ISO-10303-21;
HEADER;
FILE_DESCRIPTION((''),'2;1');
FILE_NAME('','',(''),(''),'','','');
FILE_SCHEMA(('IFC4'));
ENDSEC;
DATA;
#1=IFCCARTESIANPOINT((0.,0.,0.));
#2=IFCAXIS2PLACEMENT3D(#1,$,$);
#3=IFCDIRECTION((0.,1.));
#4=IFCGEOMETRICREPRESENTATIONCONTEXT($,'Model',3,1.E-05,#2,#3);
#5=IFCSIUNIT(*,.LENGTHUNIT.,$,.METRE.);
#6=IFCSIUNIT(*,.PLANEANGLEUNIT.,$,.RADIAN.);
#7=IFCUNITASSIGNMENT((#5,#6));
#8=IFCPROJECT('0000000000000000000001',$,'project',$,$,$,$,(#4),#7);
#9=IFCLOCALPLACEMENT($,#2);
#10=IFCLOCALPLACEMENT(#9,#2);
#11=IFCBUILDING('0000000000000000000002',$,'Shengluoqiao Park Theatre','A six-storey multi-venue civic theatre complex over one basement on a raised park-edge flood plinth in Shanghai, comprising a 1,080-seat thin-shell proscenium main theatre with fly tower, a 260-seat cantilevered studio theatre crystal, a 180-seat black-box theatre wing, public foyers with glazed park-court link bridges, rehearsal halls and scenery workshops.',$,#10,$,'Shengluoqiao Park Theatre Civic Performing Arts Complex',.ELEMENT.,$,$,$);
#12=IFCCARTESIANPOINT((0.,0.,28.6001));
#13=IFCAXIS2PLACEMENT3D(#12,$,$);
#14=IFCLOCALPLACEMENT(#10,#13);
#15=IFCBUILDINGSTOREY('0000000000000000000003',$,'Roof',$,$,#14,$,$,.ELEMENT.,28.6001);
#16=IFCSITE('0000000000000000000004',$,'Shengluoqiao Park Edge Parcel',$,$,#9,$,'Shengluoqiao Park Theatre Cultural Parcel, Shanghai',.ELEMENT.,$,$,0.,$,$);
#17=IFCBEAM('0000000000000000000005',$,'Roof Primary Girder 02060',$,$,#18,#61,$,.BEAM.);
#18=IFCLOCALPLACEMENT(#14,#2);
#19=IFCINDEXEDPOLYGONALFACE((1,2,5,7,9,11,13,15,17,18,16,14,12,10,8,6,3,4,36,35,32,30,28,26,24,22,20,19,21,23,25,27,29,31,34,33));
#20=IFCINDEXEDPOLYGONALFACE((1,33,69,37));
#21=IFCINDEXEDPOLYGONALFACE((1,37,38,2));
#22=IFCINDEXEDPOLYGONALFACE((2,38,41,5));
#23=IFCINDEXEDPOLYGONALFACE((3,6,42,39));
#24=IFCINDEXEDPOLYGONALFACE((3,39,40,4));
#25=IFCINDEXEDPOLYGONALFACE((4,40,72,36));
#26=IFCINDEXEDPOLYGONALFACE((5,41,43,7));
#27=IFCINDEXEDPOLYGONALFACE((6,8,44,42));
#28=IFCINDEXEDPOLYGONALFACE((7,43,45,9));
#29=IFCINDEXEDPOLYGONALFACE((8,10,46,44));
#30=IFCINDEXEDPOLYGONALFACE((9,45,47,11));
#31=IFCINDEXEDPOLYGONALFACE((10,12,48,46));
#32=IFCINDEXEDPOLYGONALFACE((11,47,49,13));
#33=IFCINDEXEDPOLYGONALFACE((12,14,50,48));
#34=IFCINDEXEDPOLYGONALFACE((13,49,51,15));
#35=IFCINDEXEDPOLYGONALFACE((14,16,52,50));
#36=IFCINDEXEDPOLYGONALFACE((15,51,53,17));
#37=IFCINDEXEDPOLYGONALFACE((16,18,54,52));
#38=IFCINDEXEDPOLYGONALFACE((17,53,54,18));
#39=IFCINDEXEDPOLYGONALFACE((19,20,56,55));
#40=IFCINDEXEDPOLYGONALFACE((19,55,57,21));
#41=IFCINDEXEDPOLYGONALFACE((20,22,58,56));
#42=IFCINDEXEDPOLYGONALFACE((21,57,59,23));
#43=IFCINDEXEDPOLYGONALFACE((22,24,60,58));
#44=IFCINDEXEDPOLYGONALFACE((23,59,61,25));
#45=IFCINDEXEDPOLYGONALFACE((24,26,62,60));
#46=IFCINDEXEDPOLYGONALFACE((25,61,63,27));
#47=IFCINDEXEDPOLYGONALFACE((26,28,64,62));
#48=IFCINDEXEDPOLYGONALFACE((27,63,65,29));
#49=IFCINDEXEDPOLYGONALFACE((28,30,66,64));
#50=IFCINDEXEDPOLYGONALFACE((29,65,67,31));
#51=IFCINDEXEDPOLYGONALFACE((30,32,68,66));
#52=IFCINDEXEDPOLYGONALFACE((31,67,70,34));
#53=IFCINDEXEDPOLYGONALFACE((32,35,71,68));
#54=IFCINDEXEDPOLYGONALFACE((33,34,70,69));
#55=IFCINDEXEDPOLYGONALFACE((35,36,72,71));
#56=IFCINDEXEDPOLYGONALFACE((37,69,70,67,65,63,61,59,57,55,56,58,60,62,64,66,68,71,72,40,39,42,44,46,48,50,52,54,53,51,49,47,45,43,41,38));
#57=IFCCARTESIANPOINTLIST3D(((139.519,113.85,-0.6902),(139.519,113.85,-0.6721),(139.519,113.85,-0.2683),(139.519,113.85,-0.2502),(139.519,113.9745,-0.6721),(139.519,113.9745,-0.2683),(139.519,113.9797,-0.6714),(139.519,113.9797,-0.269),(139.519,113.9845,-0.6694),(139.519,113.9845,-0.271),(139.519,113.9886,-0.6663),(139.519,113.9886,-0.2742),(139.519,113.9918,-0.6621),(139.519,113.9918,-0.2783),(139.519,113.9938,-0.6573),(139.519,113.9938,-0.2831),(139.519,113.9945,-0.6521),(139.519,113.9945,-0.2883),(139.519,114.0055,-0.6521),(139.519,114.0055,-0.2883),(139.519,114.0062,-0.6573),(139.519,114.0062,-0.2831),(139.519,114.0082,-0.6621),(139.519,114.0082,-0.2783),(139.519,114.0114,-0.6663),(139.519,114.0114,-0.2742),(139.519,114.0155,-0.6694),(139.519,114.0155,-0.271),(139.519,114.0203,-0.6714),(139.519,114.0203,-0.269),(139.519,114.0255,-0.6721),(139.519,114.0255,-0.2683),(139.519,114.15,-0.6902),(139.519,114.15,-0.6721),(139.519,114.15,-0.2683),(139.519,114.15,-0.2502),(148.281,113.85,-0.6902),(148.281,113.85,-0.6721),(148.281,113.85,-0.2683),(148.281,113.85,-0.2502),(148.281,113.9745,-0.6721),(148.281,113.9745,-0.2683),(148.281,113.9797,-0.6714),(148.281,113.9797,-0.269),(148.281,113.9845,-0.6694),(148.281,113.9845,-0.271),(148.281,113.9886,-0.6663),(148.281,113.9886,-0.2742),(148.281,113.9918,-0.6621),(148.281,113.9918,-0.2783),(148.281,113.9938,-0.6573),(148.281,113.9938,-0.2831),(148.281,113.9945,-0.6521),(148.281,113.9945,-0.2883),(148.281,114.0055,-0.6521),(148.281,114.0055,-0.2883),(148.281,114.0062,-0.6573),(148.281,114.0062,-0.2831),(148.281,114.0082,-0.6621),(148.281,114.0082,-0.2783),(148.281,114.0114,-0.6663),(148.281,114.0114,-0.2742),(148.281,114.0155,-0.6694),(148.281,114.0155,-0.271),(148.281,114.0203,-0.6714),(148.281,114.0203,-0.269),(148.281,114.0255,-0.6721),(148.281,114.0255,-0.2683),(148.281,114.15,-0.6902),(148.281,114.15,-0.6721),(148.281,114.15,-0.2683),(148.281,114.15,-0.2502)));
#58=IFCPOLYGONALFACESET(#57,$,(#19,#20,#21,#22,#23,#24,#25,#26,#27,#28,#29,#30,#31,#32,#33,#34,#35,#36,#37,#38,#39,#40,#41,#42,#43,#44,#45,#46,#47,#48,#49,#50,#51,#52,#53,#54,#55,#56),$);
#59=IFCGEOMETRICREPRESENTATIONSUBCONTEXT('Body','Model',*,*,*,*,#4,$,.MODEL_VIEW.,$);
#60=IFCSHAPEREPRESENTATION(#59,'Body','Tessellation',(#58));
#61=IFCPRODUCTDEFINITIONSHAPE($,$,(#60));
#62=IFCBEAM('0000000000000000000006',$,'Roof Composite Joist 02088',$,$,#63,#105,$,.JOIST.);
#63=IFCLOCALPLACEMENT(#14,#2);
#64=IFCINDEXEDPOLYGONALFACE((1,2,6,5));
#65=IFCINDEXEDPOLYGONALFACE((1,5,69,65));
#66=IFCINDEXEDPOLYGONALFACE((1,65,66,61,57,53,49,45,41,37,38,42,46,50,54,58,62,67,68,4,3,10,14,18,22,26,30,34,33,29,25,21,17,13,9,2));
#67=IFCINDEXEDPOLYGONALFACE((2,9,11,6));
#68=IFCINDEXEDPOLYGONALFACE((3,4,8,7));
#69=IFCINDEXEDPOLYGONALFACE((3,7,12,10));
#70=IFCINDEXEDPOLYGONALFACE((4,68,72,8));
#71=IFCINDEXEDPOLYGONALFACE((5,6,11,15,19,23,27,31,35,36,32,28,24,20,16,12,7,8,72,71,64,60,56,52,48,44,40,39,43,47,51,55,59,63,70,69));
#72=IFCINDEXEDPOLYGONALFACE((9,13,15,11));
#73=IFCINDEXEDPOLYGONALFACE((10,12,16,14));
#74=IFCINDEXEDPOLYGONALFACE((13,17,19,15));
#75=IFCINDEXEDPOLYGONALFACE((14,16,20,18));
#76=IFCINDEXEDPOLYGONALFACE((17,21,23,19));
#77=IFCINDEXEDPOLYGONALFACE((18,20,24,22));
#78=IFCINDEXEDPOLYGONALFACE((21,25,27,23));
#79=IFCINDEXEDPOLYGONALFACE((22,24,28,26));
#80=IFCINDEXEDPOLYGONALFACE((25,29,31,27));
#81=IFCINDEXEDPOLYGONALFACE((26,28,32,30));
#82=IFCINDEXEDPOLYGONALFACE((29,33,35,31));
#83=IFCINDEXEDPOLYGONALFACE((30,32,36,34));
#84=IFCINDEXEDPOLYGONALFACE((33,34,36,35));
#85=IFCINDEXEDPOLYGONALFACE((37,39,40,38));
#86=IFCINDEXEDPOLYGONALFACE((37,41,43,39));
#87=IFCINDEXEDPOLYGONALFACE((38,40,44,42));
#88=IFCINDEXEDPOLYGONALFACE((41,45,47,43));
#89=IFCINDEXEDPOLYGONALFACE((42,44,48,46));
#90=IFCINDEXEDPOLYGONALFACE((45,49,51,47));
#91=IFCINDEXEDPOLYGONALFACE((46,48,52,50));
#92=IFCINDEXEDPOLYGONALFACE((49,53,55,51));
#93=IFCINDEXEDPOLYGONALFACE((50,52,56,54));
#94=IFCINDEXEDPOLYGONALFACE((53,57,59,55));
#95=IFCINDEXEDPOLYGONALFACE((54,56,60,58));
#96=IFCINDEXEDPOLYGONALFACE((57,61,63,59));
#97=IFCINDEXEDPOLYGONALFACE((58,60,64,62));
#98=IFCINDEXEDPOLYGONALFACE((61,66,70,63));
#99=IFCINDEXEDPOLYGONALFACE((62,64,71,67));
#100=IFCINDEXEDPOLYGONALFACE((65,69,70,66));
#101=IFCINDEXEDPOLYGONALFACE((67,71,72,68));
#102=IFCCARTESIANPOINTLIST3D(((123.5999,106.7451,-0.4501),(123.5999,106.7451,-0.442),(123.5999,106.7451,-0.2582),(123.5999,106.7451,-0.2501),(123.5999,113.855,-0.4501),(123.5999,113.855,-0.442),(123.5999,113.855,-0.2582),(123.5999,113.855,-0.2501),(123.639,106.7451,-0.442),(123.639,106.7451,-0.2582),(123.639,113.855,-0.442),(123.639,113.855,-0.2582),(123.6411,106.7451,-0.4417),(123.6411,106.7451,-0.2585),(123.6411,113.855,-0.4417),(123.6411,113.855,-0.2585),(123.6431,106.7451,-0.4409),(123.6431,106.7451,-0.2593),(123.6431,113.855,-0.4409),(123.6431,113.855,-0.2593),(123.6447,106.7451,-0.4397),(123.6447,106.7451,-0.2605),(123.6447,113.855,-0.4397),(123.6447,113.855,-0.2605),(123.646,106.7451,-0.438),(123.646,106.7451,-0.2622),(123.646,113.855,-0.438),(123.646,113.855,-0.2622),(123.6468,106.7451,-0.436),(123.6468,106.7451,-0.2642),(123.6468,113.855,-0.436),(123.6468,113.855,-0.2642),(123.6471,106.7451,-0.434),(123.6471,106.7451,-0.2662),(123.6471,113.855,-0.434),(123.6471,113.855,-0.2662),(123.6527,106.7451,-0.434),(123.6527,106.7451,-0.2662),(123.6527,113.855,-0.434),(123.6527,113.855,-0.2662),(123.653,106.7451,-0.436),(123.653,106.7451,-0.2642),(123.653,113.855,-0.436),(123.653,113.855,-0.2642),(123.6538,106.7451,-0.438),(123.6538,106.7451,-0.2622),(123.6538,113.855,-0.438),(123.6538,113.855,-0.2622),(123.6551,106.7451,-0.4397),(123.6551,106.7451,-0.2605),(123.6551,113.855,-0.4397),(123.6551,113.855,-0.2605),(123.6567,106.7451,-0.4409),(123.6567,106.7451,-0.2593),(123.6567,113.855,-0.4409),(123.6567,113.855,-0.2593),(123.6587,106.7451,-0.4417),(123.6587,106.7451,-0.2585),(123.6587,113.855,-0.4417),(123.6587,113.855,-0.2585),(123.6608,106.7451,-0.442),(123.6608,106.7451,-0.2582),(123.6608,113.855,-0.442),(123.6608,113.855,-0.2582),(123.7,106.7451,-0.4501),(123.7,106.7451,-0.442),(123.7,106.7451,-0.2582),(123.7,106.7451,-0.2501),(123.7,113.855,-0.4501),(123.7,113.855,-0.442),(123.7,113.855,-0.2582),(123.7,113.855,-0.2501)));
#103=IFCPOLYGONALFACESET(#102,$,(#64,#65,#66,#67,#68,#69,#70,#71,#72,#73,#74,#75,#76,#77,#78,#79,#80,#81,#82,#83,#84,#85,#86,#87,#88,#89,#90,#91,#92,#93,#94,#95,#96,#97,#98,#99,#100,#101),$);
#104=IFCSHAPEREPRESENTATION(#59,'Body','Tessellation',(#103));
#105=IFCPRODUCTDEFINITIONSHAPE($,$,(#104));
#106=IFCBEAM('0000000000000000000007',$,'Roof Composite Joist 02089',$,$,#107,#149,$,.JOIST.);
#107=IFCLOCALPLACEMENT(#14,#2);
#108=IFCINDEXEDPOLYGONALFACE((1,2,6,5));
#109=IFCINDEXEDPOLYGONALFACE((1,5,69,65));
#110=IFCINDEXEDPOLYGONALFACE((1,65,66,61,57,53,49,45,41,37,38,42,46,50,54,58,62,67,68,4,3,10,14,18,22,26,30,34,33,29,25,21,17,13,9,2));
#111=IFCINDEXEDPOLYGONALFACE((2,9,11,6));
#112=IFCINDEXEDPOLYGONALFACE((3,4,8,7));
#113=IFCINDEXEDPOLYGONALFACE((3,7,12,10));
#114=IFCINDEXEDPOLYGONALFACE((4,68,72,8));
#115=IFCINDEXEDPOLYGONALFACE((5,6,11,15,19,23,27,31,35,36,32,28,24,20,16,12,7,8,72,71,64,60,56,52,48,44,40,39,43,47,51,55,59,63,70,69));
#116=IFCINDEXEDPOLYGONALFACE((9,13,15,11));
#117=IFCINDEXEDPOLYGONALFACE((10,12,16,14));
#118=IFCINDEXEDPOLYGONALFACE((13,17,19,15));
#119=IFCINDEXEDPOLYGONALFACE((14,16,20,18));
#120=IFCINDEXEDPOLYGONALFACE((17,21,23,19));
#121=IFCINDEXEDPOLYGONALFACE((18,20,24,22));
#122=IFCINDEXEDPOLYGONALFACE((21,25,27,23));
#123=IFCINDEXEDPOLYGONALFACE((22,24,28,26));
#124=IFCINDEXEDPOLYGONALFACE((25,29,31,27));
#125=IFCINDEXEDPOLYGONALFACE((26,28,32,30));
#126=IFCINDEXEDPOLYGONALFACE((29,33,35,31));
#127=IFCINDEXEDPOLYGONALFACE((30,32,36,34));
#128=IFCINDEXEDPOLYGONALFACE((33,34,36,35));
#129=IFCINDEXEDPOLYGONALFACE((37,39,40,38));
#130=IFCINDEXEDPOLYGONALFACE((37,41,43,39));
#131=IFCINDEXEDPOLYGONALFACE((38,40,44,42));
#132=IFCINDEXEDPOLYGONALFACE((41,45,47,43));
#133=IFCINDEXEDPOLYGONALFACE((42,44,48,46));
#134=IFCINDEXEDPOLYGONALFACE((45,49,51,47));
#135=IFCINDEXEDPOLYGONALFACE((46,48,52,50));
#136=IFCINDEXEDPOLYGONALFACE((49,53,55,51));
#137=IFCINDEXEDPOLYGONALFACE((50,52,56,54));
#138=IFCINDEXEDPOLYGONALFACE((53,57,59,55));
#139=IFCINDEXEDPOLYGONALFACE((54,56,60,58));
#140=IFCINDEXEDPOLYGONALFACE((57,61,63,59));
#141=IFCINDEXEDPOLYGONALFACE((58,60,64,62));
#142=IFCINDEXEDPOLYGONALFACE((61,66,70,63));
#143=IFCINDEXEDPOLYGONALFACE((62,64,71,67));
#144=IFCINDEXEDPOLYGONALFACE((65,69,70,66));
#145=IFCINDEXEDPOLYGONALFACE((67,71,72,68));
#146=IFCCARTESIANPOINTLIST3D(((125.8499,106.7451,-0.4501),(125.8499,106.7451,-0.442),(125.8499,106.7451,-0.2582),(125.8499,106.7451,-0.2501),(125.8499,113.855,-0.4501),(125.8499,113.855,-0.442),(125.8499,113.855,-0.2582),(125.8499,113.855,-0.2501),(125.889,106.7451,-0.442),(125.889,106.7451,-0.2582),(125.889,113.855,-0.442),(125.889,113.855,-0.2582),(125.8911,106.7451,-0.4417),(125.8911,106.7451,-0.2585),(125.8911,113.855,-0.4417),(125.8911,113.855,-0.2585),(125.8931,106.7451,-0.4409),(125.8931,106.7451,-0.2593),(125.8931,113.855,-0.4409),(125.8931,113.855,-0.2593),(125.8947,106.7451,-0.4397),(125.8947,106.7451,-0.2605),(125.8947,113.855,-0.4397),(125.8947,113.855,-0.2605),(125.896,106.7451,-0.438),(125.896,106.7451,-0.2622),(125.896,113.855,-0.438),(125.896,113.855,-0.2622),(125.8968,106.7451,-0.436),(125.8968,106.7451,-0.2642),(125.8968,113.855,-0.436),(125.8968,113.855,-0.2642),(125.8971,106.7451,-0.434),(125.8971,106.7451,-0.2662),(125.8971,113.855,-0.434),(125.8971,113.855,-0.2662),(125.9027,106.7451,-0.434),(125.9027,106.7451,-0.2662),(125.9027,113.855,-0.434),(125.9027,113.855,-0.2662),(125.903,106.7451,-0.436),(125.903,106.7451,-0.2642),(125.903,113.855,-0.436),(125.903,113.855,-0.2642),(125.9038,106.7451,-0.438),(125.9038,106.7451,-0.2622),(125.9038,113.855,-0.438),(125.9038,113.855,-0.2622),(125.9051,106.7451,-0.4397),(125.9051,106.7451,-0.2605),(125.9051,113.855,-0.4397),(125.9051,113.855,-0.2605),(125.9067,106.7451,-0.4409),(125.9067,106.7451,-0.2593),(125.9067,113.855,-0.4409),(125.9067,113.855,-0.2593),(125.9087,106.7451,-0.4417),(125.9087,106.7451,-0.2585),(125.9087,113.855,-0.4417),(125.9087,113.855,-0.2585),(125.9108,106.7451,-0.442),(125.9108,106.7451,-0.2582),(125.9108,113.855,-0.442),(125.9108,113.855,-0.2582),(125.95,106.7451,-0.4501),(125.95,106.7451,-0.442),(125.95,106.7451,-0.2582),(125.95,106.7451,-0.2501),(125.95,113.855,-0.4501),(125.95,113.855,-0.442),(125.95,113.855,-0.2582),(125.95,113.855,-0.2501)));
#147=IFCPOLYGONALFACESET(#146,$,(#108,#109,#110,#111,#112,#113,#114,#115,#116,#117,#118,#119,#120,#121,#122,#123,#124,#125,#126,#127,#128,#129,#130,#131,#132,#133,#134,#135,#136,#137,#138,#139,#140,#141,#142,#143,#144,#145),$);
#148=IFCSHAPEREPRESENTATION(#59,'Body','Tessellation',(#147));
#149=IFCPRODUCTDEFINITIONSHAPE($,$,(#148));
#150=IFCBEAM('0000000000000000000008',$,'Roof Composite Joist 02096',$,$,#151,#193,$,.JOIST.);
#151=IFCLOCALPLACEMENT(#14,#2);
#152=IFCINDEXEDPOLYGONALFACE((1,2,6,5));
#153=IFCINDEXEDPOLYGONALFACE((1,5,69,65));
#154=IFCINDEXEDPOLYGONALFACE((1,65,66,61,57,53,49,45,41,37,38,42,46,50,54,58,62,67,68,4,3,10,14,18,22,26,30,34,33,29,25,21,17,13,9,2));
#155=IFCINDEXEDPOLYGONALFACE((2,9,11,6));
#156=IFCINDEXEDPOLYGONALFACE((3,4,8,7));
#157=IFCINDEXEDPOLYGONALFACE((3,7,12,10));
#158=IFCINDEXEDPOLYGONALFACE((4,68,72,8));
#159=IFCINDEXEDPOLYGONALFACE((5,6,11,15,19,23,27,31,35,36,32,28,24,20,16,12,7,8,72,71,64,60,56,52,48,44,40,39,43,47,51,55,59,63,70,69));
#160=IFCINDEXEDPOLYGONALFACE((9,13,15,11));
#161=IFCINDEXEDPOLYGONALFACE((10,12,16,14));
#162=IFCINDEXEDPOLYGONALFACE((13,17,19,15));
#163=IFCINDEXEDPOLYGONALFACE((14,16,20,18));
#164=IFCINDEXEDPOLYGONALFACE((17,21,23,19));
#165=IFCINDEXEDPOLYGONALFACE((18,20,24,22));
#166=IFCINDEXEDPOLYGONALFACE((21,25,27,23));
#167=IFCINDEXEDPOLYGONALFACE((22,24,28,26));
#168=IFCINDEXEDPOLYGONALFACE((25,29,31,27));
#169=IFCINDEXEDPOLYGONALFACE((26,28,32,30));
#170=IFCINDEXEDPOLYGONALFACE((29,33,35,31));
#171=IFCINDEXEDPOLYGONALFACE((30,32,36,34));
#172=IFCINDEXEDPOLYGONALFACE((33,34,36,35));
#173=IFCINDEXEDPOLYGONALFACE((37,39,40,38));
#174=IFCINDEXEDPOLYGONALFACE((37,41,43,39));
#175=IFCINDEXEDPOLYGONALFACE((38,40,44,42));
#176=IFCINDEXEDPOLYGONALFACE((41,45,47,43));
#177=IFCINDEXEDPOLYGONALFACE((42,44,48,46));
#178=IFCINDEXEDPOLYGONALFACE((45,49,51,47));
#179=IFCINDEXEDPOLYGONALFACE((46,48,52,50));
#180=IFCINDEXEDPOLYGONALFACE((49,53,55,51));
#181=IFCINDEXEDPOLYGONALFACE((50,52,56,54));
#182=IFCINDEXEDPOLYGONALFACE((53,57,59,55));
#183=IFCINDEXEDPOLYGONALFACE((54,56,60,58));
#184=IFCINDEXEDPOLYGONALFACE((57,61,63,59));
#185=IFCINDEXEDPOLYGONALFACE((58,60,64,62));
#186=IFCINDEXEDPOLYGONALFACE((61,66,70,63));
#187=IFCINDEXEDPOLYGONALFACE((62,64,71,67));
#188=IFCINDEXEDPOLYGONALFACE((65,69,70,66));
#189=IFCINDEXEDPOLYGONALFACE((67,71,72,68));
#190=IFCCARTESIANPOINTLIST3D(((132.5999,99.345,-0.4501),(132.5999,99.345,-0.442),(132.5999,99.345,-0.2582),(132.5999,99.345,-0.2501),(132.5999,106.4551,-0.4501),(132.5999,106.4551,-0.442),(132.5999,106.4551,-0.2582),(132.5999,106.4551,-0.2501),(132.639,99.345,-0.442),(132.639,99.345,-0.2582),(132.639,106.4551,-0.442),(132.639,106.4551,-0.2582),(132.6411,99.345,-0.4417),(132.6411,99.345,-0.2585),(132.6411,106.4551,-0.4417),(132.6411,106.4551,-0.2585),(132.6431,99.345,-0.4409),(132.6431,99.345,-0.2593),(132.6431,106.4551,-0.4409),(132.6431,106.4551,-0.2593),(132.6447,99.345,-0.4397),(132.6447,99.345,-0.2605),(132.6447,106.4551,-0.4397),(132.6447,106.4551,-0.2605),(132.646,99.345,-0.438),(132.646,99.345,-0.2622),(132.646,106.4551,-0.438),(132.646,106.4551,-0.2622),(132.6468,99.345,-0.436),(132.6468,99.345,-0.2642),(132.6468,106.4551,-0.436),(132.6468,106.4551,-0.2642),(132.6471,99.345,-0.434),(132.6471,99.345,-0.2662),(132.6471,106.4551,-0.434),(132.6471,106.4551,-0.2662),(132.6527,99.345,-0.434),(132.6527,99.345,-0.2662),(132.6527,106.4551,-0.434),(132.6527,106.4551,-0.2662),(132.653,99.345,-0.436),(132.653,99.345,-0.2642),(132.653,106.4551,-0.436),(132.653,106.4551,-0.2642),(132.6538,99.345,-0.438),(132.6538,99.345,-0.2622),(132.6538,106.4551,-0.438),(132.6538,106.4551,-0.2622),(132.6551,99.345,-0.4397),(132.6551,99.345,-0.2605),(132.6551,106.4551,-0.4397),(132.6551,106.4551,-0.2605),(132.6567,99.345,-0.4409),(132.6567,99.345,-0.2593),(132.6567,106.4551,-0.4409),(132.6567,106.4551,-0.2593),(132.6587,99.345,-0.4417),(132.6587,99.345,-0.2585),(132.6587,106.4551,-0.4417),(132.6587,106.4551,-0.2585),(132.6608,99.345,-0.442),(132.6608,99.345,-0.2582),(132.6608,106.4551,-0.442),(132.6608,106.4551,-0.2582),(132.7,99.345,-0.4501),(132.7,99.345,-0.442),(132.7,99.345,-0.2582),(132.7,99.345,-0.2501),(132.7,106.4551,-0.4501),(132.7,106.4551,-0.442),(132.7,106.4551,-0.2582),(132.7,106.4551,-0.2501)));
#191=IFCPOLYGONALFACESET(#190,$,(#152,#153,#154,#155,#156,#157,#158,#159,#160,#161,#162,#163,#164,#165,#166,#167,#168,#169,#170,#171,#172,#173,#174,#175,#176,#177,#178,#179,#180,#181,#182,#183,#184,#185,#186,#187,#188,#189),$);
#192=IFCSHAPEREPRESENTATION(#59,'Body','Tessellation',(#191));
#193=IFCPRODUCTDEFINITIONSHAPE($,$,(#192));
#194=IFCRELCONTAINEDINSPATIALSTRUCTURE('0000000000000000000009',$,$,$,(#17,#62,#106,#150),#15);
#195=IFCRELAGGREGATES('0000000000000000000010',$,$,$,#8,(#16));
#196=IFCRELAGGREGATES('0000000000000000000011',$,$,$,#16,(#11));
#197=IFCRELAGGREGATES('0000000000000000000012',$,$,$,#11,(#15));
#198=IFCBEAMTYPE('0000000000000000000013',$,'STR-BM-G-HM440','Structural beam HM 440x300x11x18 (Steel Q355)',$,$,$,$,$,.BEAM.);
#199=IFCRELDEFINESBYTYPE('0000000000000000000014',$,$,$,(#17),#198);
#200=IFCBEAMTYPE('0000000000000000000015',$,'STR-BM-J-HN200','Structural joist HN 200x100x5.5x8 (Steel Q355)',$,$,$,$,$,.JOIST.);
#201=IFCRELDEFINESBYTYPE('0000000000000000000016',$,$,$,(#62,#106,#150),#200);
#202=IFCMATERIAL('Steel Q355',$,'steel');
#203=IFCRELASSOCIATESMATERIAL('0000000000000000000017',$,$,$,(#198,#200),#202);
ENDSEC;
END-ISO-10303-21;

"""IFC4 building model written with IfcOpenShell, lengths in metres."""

from ifc_helpers import new_model, si_unit, direction, frame, origin, origin_2d, place, context, subcontext, project, spatial, i_section, extrude, material, material_profile, profile_set, type_object, element, save


model = new_model("IFC4")

# Units and contexts
model_context = context("Model", 3, precision=1e-05, world=origin(), true_north=direction((0.0, 1.0)))
body_context = subcontext(model_context, "Body", "Model", "MODEL_VIEW")
ifc_project = project(units=[si_unit("LENGTHUNIT", "METRE"), si_unit("PLANEANGLEUNIT", "RADIAN")], contexts=[model_context])

# Site, building, storey
site_placement = place(None, origin())
site = spatial("IfcSite", under=ifc_project, at=site_placement, Name="Shengluoqiao Park Edge Parcel", LongName="Shengluoqiao Park Theatre Cultural Parcel, Shanghai", CompositionType="ELEMENT", RefElevation=0.0)
building_placement = place(site_placement, origin())
building = spatial("IfcBuilding", under=site, at=building_placement, Name="Shengluoqiao Park Theatre", Description="A six-storey multi-venue civic theatre complex over one basement on a raised park-edge flood plinth in Shanghai, comprising a 1,080-seat thin-shell proscenium main theatre with fly tower, a 260-seat cantilevered studio theatre crystal, a 180-seat black-box theatre wing, public foyers with glazed park-court link bridges, rehearsal halls and scenery workshops.", LongName="Shengluoqiao Park Theatre Civic Performing Arts Complex", CompositionType="ELEMENT")
storey_placement = place(building_placement, frame((0.0, 0.0, 28.6001)))
storey = spatial("IfcBuildingStorey", under=building, at=storey_placement, Name="Roof", CompositionType="ELEMENT", Elevation=28.6001)

# Beams
ifc_material_1 = material(Name="Steel Q355", Category="steel")
ifc_material_profile_1 = material_profile(ifc_material_1, i_section(OverallWidth=0.3, OverallDepth=0.4399, WebThickness=0.011, FlangeThickness=0.0181, FilletRadius=0.02, at=origin_2d()), Name="HM 440x300x11x18")
ifc_profile_set_1 = profile_set([ifc_material_profile_1], Name="Steel Q355")
beam_type_1 = type_object("IfcBeamType", Name="STR-BM-G-HM440", Description="Structural beam HM 440x300x11x18 (Steel Q355)", PredefinedType="BEAM", material=ifc_profile_set_1)
for number, where, z_axis, x_axis, name in (
    (1, (139.519, 114.0, -0.4702), (1.0, 0.0, 0.0), (0.0, 1.0, 0.0), "Roof Primary Girder 02060"),
):
    element("IfcBeam", number, at=place(storey_placement, frame(where, z_axis=z_axis, x_axis=x_axis)), inside=storey, type_object=beam_type_1, Name=name, PredefinedType="BEAM", context=body_context, shape_type="SweptSolid", body=[
        extrude(i_section(OverallWidth=0.3, OverallDepth=0.4399, WebThickness=0.011, FlangeThickness=0.0181, FilletRadius=0.02, at=origin_2d()), origin(), (0.0, 0.0, 1.0), 8.762),
    ])
ifc_material_profile_2 = material_profile(ifc_material_1, i_section(OverallWidth=0.1001, OverallDepth=0.2, WebThickness=0.0056, FlangeThickness=0.0081, FilletRadius=0.0081, at=origin_2d()), Name="HN 200x100x5.5x8")
ifc_profile_set_2 = profile_set([ifc_material_profile_2], Name="Steel Q355")
beam_type_2 = type_object("IfcBeamType", Name="STR-BM-J-HN200", Description="Structural joist HN 200x100x5.5x8 (Steel Q355)", PredefinedType="JOIST", material=ifc_profile_set_2)
for number, where, z_axis, x_axis, name in (
    (2, (123.6499, 106.7451, -0.3501), (0.0, 1.0, 0.0), (-1.0, 0.0, 0.0), "Roof Composite Joist 02088"),
    (3, (125.8999, 106.7451, -0.3501), (0.0, 1.0, 0.0), (-1.0, 0.0, 0.0), "Roof Composite Joist 02089"),
):
    element("IfcBeam", number, at=place(storey_placement, frame(where, z_axis=z_axis, x_axis=x_axis)), inside=storey, type_object=beam_type_2, Name=name, PredefinedType="JOIST", context=body_context, shape_type="SweptSolid", body=[
        extrude(i_section(OverallWidth=0.1001, OverallDepth=0.2, WebThickness=0.0056, FlangeThickness=0.0081, FilletRadius=0.0081, at=origin_2d()), origin(), (0.0, 0.0, 1.0), 7.1099),
    ])
for number, where, z_axis, x_axis, name in (
    (4, (132.6499, 99.345, -0.3501), (0.0, 1.0, 0.0), (-1.0, 0.0, 0.0), "Roof Composite Joist 02096"),
):
    element("IfcBeam", number, at=place(storey_placement, frame(where, z_axis=z_axis, x_axis=x_axis)), inside=storey, type_object=beam_type_2, Name=name, PredefinedType="JOIST", context=body_context, shape_type="SweptSolid", body=[
        extrude(i_section(OverallWidth=0.1001, OverallDepth=0.2, WebThickness=0.0056, FlangeThickness=0.0081, FilletRadius=0.0081, at=origin_2d()), origin(), (0.0, 0.0, 1.0), 7.1101),
    ])

save(model, "model.ifc")
